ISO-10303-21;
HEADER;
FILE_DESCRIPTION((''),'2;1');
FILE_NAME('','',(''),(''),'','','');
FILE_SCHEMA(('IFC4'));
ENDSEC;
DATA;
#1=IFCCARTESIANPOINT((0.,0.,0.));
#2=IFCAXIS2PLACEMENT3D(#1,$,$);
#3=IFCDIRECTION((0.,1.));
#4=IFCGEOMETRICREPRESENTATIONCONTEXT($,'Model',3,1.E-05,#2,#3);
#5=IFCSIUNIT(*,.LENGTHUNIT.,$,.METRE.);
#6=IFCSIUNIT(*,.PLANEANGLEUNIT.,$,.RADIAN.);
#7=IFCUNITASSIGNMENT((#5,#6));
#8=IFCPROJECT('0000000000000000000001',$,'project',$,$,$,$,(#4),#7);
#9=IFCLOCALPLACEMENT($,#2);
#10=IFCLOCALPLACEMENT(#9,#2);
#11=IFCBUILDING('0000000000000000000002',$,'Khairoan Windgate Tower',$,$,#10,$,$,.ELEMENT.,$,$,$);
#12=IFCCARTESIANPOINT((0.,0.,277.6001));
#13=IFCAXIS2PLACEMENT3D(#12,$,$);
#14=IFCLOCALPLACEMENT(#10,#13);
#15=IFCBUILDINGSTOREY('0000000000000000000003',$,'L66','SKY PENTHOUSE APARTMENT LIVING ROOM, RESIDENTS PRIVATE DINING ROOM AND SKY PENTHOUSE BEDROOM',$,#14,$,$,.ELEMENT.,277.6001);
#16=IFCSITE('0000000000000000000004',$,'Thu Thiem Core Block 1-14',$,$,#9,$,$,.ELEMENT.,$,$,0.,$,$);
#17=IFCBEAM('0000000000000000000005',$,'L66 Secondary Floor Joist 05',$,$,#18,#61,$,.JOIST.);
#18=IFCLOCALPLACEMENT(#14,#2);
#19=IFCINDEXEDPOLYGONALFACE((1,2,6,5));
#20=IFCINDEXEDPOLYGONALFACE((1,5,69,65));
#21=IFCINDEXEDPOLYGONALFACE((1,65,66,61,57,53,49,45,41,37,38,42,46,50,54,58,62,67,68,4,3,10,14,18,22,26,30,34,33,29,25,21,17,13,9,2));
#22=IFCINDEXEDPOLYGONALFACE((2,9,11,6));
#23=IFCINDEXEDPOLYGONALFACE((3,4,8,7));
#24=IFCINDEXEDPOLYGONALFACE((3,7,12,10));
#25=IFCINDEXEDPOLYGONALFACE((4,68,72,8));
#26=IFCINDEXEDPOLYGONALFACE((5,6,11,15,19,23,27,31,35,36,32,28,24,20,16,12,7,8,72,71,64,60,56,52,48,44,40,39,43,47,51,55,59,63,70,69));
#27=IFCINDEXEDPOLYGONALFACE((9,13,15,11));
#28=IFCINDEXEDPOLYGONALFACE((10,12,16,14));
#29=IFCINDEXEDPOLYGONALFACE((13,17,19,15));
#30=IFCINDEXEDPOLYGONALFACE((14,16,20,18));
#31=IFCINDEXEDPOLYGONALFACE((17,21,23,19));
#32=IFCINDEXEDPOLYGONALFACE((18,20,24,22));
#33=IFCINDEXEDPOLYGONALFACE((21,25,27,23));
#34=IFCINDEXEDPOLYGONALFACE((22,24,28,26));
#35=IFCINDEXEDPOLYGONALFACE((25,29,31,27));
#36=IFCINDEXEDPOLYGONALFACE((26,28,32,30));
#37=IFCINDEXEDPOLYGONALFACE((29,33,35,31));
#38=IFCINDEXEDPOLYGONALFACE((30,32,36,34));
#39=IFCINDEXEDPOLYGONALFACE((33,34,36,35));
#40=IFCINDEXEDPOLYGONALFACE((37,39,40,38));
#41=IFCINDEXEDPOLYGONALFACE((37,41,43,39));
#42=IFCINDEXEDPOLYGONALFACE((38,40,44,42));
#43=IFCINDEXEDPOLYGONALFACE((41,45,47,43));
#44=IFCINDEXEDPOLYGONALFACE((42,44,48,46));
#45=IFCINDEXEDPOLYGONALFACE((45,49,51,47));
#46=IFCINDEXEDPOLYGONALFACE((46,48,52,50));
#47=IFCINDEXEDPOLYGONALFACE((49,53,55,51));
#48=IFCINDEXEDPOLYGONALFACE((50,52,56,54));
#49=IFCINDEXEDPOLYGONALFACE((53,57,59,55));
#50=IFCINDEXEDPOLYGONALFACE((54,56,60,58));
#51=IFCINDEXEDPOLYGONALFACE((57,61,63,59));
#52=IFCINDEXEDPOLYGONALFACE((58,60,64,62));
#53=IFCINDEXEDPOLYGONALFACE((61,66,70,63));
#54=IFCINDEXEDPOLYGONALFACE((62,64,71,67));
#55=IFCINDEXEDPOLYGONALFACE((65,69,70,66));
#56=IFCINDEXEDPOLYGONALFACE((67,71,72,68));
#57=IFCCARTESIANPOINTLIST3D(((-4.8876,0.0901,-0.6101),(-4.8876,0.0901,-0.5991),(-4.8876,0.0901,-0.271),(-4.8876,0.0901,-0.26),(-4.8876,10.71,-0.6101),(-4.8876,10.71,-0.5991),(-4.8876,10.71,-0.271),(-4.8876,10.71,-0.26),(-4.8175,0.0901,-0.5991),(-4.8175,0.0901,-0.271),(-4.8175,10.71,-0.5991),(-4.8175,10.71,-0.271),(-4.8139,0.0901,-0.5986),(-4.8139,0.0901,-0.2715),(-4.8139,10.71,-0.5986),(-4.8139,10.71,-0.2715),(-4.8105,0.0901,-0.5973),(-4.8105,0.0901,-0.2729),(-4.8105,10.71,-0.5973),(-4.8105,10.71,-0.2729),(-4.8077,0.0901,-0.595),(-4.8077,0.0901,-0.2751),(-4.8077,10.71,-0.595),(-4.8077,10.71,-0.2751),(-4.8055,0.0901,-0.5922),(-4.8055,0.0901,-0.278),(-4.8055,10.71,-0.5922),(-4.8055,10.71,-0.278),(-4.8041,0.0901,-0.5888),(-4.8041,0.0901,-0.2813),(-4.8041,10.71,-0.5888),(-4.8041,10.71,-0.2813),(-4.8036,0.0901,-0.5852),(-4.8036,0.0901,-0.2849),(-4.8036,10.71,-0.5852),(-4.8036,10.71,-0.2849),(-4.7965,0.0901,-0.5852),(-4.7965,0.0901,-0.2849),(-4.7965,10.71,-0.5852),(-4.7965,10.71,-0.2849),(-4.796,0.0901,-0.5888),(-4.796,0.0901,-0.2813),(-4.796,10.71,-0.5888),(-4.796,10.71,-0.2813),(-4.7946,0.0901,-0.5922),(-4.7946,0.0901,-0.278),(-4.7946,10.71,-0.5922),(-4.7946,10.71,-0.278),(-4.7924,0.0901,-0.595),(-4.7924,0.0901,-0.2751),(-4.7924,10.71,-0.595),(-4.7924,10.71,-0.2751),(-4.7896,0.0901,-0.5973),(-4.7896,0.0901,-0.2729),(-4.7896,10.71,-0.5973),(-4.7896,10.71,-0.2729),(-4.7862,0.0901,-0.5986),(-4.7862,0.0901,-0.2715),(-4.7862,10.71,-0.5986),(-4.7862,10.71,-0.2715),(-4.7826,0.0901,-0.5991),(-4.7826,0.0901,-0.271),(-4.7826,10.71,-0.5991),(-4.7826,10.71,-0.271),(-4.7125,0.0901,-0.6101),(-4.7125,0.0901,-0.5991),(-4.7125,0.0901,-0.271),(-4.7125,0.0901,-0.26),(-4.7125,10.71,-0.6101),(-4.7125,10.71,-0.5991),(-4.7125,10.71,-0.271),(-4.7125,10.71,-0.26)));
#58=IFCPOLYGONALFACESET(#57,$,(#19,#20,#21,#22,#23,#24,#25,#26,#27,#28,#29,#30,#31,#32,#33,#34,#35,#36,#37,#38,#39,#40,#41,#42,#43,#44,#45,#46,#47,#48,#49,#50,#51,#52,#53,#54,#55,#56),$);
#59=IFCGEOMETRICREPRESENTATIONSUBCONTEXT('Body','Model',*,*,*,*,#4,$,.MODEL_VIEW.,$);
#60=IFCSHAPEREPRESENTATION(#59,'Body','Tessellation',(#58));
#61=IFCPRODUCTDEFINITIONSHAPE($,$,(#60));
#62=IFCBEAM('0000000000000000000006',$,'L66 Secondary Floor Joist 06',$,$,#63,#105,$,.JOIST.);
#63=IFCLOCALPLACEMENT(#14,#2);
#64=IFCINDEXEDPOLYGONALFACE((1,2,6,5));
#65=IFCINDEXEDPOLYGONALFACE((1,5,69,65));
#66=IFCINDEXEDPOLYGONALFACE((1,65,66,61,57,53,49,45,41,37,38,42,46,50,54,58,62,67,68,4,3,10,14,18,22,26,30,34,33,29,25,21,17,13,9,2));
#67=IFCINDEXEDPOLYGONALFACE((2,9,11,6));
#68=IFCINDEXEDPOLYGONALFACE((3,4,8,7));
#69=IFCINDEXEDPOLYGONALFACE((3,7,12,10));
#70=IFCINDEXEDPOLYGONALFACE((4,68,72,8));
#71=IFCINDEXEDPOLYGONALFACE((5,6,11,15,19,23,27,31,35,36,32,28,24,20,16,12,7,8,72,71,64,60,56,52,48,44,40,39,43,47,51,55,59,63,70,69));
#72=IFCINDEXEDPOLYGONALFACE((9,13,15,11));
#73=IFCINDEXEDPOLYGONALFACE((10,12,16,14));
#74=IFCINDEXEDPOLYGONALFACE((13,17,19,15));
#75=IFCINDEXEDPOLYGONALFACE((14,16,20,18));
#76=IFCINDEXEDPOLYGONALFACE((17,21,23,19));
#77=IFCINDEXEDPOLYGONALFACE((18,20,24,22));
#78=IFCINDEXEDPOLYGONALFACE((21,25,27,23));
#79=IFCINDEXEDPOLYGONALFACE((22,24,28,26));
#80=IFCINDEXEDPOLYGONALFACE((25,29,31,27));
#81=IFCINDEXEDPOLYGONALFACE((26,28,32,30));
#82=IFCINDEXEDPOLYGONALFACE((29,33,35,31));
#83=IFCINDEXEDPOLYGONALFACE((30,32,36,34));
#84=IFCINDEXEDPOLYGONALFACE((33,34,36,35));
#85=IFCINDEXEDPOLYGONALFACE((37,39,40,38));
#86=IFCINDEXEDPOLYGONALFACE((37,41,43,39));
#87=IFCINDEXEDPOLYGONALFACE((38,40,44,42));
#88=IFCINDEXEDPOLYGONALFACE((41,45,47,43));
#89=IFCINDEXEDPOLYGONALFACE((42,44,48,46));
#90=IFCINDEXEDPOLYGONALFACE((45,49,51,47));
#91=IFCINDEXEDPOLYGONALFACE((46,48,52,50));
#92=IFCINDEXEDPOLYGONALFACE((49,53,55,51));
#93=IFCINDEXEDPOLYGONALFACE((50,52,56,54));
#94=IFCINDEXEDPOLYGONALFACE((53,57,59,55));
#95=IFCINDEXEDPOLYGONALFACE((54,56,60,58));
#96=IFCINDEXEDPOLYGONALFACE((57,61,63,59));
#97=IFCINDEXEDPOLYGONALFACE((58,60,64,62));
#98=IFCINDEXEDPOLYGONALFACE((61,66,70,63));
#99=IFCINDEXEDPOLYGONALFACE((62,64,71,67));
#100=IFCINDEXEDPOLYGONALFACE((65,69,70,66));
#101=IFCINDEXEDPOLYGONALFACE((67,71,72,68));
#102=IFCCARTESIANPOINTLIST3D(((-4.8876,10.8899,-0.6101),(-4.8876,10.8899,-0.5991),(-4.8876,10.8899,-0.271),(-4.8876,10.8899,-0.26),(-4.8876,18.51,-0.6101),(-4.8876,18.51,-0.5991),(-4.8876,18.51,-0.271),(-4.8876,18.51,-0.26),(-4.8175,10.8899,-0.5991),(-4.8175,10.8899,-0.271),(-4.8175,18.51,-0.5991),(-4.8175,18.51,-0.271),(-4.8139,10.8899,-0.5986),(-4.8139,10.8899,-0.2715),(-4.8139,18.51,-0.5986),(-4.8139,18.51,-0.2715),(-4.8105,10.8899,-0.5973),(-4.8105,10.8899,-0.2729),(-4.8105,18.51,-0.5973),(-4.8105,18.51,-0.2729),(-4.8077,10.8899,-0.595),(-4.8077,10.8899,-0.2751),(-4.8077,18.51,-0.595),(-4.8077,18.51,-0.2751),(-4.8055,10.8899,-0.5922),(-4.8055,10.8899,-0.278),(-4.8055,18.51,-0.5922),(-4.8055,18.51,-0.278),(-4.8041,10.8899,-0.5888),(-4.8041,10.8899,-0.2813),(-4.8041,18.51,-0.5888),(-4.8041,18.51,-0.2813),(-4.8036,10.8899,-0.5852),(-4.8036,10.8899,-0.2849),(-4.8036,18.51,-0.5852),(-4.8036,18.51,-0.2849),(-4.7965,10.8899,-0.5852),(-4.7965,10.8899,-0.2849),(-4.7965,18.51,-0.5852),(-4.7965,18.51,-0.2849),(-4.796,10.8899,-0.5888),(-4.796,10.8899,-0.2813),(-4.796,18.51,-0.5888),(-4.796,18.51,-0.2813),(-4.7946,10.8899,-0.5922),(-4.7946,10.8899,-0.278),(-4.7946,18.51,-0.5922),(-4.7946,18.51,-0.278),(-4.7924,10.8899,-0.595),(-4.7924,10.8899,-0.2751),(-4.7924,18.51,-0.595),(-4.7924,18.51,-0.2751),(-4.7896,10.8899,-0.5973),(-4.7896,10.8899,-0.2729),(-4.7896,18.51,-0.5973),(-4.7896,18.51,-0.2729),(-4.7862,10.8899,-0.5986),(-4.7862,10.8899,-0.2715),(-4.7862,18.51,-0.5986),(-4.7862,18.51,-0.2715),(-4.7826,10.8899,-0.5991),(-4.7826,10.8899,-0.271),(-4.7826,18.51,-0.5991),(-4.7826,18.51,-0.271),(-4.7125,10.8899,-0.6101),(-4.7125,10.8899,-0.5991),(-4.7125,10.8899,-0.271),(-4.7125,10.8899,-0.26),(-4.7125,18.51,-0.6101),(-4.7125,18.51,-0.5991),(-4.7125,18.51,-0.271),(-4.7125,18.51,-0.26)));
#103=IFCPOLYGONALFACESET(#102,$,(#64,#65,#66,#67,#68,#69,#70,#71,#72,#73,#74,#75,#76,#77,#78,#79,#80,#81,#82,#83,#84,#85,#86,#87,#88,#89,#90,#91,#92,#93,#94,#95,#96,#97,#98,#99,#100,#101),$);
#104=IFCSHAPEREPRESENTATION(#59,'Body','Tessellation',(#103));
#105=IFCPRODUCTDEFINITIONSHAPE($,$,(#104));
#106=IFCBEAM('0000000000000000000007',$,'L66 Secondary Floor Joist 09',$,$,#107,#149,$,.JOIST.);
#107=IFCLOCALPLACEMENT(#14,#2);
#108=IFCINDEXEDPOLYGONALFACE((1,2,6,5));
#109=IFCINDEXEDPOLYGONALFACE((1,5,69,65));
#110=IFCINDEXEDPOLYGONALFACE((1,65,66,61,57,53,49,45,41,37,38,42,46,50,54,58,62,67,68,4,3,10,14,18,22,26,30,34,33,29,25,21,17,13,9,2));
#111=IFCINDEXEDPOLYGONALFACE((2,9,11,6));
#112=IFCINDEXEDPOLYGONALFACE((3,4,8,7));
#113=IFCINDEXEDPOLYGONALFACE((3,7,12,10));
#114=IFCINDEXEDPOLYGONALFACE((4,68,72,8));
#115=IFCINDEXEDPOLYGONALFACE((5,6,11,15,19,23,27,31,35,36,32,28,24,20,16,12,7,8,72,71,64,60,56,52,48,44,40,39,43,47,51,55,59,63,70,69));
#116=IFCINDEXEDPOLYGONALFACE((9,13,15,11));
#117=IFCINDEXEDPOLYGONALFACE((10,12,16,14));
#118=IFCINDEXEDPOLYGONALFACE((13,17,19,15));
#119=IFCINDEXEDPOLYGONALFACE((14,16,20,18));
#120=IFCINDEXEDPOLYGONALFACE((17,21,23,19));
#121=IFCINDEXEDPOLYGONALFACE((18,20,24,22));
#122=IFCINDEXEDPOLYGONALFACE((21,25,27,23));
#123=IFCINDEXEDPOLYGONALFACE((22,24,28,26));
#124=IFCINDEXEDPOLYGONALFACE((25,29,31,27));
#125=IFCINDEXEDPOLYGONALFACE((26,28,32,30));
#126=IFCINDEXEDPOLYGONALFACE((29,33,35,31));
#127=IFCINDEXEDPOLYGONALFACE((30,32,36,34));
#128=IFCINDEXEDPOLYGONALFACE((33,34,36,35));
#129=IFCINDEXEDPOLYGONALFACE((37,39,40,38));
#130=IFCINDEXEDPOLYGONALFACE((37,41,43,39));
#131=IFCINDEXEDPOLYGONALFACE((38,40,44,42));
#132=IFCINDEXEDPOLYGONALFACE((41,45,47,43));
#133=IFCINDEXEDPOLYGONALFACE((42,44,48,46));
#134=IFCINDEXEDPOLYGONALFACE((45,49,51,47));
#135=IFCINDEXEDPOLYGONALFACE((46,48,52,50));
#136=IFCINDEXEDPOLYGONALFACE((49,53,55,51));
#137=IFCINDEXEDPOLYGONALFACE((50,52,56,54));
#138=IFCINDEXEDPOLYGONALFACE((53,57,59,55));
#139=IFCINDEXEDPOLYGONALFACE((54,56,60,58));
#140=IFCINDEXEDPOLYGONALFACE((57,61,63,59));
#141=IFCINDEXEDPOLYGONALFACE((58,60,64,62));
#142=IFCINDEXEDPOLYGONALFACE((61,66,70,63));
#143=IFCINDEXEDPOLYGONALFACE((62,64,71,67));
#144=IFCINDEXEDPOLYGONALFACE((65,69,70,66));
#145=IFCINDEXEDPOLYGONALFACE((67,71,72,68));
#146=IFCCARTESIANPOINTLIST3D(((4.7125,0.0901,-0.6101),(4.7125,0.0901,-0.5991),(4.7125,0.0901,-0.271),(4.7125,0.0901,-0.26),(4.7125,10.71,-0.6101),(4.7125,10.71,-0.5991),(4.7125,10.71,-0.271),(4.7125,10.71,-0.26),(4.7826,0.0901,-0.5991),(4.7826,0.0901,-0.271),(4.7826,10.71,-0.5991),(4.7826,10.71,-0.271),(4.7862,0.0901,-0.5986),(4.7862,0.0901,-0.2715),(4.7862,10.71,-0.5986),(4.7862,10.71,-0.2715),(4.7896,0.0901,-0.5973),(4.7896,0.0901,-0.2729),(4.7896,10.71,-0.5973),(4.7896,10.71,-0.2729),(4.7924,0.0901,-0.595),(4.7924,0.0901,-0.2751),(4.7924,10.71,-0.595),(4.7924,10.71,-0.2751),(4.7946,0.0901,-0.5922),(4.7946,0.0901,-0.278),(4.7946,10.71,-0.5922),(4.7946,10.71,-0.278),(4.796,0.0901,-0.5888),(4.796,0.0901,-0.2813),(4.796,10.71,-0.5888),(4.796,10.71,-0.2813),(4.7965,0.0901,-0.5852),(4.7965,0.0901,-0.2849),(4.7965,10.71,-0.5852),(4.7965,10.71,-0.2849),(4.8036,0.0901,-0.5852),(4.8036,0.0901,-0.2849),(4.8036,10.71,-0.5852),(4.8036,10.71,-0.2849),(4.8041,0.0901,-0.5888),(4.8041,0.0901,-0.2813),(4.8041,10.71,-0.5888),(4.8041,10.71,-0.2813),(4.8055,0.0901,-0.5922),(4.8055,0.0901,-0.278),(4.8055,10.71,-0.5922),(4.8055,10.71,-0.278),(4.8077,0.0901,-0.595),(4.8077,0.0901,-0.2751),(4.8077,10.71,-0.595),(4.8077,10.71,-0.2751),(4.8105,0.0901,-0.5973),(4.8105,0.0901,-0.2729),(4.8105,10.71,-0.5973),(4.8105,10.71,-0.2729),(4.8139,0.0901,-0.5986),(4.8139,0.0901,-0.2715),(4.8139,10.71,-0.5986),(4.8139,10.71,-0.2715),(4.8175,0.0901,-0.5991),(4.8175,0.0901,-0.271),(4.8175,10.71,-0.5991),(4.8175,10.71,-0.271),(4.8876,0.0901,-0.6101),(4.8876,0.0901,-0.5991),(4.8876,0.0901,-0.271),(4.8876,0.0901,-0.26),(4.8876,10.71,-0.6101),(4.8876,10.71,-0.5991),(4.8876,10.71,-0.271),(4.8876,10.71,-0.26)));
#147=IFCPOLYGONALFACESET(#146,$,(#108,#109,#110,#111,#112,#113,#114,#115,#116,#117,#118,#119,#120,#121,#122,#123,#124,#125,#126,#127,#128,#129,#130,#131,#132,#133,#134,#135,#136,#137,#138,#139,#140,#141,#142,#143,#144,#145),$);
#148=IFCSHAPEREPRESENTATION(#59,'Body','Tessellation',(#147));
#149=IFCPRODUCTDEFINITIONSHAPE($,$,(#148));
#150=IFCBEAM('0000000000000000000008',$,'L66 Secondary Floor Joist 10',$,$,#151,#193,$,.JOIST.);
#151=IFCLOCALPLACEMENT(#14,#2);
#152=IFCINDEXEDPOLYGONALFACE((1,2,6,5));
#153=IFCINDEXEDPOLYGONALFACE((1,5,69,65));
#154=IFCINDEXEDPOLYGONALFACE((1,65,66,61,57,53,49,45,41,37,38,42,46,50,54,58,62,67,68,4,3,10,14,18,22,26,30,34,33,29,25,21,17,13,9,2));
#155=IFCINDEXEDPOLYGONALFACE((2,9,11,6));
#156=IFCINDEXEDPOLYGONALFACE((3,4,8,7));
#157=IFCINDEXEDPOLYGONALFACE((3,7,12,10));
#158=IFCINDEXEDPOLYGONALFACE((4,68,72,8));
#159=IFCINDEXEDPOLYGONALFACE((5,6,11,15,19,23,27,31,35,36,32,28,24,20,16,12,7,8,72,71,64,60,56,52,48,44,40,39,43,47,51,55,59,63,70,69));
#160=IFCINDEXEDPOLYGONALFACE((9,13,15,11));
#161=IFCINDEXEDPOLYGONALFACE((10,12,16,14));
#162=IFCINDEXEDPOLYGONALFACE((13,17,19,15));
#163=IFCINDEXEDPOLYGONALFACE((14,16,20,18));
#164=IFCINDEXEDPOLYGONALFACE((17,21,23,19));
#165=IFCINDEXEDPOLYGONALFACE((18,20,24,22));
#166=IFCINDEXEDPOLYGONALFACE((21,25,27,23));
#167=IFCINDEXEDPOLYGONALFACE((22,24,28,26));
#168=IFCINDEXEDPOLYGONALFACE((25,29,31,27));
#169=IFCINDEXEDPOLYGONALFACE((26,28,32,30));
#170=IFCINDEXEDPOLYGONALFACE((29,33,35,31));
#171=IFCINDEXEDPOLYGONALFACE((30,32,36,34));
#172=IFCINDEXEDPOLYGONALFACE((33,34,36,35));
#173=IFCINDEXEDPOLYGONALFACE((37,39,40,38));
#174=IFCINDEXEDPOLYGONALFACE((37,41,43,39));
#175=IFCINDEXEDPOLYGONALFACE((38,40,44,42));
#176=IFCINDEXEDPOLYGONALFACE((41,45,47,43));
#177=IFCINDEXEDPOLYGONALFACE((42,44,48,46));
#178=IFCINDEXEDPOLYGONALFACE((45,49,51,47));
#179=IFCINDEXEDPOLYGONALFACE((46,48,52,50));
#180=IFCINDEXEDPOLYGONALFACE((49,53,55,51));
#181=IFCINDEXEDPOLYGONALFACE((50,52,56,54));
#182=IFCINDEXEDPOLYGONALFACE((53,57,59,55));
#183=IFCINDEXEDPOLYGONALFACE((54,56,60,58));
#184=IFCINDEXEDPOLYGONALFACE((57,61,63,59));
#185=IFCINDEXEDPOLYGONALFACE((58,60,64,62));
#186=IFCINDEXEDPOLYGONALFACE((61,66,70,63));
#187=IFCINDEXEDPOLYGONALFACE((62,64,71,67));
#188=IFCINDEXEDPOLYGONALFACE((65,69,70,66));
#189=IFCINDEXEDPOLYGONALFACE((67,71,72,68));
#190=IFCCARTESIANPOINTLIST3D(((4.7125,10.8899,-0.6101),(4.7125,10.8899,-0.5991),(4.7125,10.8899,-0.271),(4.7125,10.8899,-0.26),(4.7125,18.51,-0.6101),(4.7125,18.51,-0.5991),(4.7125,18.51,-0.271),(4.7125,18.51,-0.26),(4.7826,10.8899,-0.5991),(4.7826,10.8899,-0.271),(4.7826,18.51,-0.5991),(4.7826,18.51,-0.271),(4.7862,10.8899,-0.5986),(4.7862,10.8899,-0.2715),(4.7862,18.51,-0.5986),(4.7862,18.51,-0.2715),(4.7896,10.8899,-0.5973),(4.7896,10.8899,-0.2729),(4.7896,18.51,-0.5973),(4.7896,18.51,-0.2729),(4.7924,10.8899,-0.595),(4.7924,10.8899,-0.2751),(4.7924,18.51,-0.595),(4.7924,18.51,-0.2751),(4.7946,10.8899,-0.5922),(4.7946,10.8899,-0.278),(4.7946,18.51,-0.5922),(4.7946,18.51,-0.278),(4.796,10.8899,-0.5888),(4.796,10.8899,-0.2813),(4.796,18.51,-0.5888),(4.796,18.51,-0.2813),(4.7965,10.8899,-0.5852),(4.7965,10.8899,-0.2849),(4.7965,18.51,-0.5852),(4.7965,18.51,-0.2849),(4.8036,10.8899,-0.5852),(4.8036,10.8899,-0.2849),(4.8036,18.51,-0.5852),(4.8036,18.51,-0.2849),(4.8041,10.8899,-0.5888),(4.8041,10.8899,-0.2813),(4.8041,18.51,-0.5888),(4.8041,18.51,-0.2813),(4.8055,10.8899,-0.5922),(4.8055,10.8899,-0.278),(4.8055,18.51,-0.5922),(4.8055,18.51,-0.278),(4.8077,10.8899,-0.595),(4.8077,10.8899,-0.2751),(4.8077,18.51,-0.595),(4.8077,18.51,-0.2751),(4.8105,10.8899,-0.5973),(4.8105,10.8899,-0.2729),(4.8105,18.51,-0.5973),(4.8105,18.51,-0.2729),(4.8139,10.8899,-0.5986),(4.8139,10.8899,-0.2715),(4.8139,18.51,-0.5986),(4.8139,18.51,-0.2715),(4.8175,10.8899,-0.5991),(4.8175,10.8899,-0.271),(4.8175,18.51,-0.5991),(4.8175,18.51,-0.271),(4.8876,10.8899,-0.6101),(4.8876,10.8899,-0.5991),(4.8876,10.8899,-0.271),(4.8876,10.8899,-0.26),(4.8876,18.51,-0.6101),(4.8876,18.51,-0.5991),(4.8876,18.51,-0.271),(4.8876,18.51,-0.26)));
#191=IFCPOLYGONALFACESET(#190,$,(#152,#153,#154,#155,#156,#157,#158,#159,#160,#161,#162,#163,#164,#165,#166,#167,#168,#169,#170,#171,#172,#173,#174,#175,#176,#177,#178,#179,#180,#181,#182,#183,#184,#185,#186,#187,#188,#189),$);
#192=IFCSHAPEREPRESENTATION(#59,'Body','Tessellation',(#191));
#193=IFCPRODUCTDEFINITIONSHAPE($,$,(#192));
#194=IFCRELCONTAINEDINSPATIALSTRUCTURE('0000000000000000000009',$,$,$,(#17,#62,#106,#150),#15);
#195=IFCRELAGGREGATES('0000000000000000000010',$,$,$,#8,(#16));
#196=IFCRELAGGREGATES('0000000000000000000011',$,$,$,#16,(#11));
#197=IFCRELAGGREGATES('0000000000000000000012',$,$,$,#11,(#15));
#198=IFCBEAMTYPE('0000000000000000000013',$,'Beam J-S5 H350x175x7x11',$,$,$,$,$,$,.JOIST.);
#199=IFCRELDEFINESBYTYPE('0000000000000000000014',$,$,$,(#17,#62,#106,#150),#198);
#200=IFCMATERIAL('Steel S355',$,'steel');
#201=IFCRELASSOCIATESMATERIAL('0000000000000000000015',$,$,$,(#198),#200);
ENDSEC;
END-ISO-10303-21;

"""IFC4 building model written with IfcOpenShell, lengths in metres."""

from ifc_helpers import new_model, si_unit, direction, frame, origin, origin_2d, place, context, subcontext, project, spatial, i_section, extrude, material, material_profile, profile_set, type_object, element, save


model = new_model("IFC4")

# Units and contexts
model_context = context("Model", 3, precision=1e-05, world=origin(), true_north=direction((0.0, 1.0)))
body_context = subcontext(model_context, "Body", "Model", "MODEL_VIEW")
ifc_project = project(units=[si_unit("LENGTHUNIT", "METRE"), si_unit("PLANEANGLEUNIT", "RADIAN")], contexts=[model_context])

# Site, building, storey
site_placement = place(None, origin())
site = spatial("IfcSite", under=ifc_project, at=site_placement, Name="Thu Thiem Core Block 1-14", CompositionType="ELEMENT", RefElevation=0.0)
building_placement = place(site_placement, origin())
building = spatial("IfcBuilding", under=site, at=building_placement, Name="Khairoan Windgate Tower", CompositionType="ELEMENT")
storey_placement = place(building_placement, frame((0.0, 0.0, 277.6001)))
storey = spatial("IfcBuildingStorey", under=building, at=storey_placement, Name="L66", Description="SKY PENTHOUSE APARTMENT LIVING ROOM, RESIDENTS PRIVATE DINING ROOM AND SKY PENTHOUSE BEDROOM", CompositionType="ELEMENT", Elevation=277.6001)

# Beams
ifc_material_1 = material(Name="Steel S355", Category="steel")
ifc_material_profile = material_profile(ifc_material_1, i_section(OverallWidth=0.175, OverallDepth=0.3501, WebThickness=0.0071, FlangeThickness=0.011, FilletRadius=0.0139, at=origin_2d()))
ifc_profile_set = profile_set([ifc_material_profile], Name="Steel S355")
beam_type = type_object("IfcBeamType", Name="Beam J-S5 H350x175x7x11", PredefinedType="JOIST", material=ifc_profile_set)
beam_1_placement = place(storey_placement, frame((-4.8, 0.0901, -0.4351), z_axis=(0.0, 1.0, 0.0), x_axis=(-1.0, 0.0, 0.0)))
element("IfcBeam", 1, at=beam_1_placement, inside=storey, type_object=beam_type, Name="L66 Secondary Floor Joist 05", PredefinedType="JOIST", context=body_context, shape_type="SweptSolid", body=[
    extrude(i_section(OverallWidth=0.175, OverallDepth=0.3501, WebThickness=0.0071, FlangeThickness=0.011, FilletRadius=0.0139, at=origin_2d()), origin(), (0.0, 0.0, 1.0), 10.6199),
])
beam_2_placement = place(storey_placement, frame((-4.8, 10.8899, -0.4351), z_axis=(0.0, 1.0, 0.0), x_axis=(-1.0, 0.0, 0.0)))
element("IfcBeam", 2, at=beam_2_placement, inside=storey, type_object=beam_type, Name="L66 Secondary Floor Joist 06", PredefinedType="JOIST", context=body_context, shape_type="SweptSolid", body=[
    extrude(i_section(OverallWidth=0.175, OverallDepth=0.3501, WebThickness=0.0071, FlangeThickness=0.011, FilletRadius=0.0139, at=origin_2d()), origin(), (0.0, 0.0, 1.0), 7.6201),
])
beam_3_placement = place(storey_placement, frame((4.8, 0.0901, -0.4351), z_axis=(0.0, 1.0, 0.0), x_axis=(-1.0, 0.0, 0.0)))
element("IfcBeam", 3, at=beam_3_placement, inside=storey, type_object=beam_type, Name="L66 Secondary Floor Joist 09", PredefinedType="JOIST", context=body_context, shape_type="SweptSolid", body=[
    extrude(i_section(OverallWidth=0.175, OverallDepth=0.3501, WebThickness=0.0071, FlangeThickness=0.011, FilletRadius=0.0139, at=origin_2d()), origin(), (0.0, 0.0, 1.0), 10.6199),
])
beam_4_placement = place(storey_placement, frame((4.8, 10.8899, -0.4351), z_axis=(0.0, 1.0, 0.0), x_axis=(-1.0, 0.0, 0.0)))
element("IfcBeam", 4, at=beam_4_placement, inside=storey, type_object=beam_type, Name="L66 Secondary Floor Joist 10", PredefinedType="JOIST", context=body_context, shape_type="SweptSolid", body=[
    extrude(i_section(OverallWidth=0.175, OverallDepth=0.3501, WebThickness=0.0071, FlangeThickness=0.011, FilletRadius=0.0139, at=origin_2d()), origin(), (0.0, 0.0, 1.0), 7.6201),
])

save(model, "model.ifc")
